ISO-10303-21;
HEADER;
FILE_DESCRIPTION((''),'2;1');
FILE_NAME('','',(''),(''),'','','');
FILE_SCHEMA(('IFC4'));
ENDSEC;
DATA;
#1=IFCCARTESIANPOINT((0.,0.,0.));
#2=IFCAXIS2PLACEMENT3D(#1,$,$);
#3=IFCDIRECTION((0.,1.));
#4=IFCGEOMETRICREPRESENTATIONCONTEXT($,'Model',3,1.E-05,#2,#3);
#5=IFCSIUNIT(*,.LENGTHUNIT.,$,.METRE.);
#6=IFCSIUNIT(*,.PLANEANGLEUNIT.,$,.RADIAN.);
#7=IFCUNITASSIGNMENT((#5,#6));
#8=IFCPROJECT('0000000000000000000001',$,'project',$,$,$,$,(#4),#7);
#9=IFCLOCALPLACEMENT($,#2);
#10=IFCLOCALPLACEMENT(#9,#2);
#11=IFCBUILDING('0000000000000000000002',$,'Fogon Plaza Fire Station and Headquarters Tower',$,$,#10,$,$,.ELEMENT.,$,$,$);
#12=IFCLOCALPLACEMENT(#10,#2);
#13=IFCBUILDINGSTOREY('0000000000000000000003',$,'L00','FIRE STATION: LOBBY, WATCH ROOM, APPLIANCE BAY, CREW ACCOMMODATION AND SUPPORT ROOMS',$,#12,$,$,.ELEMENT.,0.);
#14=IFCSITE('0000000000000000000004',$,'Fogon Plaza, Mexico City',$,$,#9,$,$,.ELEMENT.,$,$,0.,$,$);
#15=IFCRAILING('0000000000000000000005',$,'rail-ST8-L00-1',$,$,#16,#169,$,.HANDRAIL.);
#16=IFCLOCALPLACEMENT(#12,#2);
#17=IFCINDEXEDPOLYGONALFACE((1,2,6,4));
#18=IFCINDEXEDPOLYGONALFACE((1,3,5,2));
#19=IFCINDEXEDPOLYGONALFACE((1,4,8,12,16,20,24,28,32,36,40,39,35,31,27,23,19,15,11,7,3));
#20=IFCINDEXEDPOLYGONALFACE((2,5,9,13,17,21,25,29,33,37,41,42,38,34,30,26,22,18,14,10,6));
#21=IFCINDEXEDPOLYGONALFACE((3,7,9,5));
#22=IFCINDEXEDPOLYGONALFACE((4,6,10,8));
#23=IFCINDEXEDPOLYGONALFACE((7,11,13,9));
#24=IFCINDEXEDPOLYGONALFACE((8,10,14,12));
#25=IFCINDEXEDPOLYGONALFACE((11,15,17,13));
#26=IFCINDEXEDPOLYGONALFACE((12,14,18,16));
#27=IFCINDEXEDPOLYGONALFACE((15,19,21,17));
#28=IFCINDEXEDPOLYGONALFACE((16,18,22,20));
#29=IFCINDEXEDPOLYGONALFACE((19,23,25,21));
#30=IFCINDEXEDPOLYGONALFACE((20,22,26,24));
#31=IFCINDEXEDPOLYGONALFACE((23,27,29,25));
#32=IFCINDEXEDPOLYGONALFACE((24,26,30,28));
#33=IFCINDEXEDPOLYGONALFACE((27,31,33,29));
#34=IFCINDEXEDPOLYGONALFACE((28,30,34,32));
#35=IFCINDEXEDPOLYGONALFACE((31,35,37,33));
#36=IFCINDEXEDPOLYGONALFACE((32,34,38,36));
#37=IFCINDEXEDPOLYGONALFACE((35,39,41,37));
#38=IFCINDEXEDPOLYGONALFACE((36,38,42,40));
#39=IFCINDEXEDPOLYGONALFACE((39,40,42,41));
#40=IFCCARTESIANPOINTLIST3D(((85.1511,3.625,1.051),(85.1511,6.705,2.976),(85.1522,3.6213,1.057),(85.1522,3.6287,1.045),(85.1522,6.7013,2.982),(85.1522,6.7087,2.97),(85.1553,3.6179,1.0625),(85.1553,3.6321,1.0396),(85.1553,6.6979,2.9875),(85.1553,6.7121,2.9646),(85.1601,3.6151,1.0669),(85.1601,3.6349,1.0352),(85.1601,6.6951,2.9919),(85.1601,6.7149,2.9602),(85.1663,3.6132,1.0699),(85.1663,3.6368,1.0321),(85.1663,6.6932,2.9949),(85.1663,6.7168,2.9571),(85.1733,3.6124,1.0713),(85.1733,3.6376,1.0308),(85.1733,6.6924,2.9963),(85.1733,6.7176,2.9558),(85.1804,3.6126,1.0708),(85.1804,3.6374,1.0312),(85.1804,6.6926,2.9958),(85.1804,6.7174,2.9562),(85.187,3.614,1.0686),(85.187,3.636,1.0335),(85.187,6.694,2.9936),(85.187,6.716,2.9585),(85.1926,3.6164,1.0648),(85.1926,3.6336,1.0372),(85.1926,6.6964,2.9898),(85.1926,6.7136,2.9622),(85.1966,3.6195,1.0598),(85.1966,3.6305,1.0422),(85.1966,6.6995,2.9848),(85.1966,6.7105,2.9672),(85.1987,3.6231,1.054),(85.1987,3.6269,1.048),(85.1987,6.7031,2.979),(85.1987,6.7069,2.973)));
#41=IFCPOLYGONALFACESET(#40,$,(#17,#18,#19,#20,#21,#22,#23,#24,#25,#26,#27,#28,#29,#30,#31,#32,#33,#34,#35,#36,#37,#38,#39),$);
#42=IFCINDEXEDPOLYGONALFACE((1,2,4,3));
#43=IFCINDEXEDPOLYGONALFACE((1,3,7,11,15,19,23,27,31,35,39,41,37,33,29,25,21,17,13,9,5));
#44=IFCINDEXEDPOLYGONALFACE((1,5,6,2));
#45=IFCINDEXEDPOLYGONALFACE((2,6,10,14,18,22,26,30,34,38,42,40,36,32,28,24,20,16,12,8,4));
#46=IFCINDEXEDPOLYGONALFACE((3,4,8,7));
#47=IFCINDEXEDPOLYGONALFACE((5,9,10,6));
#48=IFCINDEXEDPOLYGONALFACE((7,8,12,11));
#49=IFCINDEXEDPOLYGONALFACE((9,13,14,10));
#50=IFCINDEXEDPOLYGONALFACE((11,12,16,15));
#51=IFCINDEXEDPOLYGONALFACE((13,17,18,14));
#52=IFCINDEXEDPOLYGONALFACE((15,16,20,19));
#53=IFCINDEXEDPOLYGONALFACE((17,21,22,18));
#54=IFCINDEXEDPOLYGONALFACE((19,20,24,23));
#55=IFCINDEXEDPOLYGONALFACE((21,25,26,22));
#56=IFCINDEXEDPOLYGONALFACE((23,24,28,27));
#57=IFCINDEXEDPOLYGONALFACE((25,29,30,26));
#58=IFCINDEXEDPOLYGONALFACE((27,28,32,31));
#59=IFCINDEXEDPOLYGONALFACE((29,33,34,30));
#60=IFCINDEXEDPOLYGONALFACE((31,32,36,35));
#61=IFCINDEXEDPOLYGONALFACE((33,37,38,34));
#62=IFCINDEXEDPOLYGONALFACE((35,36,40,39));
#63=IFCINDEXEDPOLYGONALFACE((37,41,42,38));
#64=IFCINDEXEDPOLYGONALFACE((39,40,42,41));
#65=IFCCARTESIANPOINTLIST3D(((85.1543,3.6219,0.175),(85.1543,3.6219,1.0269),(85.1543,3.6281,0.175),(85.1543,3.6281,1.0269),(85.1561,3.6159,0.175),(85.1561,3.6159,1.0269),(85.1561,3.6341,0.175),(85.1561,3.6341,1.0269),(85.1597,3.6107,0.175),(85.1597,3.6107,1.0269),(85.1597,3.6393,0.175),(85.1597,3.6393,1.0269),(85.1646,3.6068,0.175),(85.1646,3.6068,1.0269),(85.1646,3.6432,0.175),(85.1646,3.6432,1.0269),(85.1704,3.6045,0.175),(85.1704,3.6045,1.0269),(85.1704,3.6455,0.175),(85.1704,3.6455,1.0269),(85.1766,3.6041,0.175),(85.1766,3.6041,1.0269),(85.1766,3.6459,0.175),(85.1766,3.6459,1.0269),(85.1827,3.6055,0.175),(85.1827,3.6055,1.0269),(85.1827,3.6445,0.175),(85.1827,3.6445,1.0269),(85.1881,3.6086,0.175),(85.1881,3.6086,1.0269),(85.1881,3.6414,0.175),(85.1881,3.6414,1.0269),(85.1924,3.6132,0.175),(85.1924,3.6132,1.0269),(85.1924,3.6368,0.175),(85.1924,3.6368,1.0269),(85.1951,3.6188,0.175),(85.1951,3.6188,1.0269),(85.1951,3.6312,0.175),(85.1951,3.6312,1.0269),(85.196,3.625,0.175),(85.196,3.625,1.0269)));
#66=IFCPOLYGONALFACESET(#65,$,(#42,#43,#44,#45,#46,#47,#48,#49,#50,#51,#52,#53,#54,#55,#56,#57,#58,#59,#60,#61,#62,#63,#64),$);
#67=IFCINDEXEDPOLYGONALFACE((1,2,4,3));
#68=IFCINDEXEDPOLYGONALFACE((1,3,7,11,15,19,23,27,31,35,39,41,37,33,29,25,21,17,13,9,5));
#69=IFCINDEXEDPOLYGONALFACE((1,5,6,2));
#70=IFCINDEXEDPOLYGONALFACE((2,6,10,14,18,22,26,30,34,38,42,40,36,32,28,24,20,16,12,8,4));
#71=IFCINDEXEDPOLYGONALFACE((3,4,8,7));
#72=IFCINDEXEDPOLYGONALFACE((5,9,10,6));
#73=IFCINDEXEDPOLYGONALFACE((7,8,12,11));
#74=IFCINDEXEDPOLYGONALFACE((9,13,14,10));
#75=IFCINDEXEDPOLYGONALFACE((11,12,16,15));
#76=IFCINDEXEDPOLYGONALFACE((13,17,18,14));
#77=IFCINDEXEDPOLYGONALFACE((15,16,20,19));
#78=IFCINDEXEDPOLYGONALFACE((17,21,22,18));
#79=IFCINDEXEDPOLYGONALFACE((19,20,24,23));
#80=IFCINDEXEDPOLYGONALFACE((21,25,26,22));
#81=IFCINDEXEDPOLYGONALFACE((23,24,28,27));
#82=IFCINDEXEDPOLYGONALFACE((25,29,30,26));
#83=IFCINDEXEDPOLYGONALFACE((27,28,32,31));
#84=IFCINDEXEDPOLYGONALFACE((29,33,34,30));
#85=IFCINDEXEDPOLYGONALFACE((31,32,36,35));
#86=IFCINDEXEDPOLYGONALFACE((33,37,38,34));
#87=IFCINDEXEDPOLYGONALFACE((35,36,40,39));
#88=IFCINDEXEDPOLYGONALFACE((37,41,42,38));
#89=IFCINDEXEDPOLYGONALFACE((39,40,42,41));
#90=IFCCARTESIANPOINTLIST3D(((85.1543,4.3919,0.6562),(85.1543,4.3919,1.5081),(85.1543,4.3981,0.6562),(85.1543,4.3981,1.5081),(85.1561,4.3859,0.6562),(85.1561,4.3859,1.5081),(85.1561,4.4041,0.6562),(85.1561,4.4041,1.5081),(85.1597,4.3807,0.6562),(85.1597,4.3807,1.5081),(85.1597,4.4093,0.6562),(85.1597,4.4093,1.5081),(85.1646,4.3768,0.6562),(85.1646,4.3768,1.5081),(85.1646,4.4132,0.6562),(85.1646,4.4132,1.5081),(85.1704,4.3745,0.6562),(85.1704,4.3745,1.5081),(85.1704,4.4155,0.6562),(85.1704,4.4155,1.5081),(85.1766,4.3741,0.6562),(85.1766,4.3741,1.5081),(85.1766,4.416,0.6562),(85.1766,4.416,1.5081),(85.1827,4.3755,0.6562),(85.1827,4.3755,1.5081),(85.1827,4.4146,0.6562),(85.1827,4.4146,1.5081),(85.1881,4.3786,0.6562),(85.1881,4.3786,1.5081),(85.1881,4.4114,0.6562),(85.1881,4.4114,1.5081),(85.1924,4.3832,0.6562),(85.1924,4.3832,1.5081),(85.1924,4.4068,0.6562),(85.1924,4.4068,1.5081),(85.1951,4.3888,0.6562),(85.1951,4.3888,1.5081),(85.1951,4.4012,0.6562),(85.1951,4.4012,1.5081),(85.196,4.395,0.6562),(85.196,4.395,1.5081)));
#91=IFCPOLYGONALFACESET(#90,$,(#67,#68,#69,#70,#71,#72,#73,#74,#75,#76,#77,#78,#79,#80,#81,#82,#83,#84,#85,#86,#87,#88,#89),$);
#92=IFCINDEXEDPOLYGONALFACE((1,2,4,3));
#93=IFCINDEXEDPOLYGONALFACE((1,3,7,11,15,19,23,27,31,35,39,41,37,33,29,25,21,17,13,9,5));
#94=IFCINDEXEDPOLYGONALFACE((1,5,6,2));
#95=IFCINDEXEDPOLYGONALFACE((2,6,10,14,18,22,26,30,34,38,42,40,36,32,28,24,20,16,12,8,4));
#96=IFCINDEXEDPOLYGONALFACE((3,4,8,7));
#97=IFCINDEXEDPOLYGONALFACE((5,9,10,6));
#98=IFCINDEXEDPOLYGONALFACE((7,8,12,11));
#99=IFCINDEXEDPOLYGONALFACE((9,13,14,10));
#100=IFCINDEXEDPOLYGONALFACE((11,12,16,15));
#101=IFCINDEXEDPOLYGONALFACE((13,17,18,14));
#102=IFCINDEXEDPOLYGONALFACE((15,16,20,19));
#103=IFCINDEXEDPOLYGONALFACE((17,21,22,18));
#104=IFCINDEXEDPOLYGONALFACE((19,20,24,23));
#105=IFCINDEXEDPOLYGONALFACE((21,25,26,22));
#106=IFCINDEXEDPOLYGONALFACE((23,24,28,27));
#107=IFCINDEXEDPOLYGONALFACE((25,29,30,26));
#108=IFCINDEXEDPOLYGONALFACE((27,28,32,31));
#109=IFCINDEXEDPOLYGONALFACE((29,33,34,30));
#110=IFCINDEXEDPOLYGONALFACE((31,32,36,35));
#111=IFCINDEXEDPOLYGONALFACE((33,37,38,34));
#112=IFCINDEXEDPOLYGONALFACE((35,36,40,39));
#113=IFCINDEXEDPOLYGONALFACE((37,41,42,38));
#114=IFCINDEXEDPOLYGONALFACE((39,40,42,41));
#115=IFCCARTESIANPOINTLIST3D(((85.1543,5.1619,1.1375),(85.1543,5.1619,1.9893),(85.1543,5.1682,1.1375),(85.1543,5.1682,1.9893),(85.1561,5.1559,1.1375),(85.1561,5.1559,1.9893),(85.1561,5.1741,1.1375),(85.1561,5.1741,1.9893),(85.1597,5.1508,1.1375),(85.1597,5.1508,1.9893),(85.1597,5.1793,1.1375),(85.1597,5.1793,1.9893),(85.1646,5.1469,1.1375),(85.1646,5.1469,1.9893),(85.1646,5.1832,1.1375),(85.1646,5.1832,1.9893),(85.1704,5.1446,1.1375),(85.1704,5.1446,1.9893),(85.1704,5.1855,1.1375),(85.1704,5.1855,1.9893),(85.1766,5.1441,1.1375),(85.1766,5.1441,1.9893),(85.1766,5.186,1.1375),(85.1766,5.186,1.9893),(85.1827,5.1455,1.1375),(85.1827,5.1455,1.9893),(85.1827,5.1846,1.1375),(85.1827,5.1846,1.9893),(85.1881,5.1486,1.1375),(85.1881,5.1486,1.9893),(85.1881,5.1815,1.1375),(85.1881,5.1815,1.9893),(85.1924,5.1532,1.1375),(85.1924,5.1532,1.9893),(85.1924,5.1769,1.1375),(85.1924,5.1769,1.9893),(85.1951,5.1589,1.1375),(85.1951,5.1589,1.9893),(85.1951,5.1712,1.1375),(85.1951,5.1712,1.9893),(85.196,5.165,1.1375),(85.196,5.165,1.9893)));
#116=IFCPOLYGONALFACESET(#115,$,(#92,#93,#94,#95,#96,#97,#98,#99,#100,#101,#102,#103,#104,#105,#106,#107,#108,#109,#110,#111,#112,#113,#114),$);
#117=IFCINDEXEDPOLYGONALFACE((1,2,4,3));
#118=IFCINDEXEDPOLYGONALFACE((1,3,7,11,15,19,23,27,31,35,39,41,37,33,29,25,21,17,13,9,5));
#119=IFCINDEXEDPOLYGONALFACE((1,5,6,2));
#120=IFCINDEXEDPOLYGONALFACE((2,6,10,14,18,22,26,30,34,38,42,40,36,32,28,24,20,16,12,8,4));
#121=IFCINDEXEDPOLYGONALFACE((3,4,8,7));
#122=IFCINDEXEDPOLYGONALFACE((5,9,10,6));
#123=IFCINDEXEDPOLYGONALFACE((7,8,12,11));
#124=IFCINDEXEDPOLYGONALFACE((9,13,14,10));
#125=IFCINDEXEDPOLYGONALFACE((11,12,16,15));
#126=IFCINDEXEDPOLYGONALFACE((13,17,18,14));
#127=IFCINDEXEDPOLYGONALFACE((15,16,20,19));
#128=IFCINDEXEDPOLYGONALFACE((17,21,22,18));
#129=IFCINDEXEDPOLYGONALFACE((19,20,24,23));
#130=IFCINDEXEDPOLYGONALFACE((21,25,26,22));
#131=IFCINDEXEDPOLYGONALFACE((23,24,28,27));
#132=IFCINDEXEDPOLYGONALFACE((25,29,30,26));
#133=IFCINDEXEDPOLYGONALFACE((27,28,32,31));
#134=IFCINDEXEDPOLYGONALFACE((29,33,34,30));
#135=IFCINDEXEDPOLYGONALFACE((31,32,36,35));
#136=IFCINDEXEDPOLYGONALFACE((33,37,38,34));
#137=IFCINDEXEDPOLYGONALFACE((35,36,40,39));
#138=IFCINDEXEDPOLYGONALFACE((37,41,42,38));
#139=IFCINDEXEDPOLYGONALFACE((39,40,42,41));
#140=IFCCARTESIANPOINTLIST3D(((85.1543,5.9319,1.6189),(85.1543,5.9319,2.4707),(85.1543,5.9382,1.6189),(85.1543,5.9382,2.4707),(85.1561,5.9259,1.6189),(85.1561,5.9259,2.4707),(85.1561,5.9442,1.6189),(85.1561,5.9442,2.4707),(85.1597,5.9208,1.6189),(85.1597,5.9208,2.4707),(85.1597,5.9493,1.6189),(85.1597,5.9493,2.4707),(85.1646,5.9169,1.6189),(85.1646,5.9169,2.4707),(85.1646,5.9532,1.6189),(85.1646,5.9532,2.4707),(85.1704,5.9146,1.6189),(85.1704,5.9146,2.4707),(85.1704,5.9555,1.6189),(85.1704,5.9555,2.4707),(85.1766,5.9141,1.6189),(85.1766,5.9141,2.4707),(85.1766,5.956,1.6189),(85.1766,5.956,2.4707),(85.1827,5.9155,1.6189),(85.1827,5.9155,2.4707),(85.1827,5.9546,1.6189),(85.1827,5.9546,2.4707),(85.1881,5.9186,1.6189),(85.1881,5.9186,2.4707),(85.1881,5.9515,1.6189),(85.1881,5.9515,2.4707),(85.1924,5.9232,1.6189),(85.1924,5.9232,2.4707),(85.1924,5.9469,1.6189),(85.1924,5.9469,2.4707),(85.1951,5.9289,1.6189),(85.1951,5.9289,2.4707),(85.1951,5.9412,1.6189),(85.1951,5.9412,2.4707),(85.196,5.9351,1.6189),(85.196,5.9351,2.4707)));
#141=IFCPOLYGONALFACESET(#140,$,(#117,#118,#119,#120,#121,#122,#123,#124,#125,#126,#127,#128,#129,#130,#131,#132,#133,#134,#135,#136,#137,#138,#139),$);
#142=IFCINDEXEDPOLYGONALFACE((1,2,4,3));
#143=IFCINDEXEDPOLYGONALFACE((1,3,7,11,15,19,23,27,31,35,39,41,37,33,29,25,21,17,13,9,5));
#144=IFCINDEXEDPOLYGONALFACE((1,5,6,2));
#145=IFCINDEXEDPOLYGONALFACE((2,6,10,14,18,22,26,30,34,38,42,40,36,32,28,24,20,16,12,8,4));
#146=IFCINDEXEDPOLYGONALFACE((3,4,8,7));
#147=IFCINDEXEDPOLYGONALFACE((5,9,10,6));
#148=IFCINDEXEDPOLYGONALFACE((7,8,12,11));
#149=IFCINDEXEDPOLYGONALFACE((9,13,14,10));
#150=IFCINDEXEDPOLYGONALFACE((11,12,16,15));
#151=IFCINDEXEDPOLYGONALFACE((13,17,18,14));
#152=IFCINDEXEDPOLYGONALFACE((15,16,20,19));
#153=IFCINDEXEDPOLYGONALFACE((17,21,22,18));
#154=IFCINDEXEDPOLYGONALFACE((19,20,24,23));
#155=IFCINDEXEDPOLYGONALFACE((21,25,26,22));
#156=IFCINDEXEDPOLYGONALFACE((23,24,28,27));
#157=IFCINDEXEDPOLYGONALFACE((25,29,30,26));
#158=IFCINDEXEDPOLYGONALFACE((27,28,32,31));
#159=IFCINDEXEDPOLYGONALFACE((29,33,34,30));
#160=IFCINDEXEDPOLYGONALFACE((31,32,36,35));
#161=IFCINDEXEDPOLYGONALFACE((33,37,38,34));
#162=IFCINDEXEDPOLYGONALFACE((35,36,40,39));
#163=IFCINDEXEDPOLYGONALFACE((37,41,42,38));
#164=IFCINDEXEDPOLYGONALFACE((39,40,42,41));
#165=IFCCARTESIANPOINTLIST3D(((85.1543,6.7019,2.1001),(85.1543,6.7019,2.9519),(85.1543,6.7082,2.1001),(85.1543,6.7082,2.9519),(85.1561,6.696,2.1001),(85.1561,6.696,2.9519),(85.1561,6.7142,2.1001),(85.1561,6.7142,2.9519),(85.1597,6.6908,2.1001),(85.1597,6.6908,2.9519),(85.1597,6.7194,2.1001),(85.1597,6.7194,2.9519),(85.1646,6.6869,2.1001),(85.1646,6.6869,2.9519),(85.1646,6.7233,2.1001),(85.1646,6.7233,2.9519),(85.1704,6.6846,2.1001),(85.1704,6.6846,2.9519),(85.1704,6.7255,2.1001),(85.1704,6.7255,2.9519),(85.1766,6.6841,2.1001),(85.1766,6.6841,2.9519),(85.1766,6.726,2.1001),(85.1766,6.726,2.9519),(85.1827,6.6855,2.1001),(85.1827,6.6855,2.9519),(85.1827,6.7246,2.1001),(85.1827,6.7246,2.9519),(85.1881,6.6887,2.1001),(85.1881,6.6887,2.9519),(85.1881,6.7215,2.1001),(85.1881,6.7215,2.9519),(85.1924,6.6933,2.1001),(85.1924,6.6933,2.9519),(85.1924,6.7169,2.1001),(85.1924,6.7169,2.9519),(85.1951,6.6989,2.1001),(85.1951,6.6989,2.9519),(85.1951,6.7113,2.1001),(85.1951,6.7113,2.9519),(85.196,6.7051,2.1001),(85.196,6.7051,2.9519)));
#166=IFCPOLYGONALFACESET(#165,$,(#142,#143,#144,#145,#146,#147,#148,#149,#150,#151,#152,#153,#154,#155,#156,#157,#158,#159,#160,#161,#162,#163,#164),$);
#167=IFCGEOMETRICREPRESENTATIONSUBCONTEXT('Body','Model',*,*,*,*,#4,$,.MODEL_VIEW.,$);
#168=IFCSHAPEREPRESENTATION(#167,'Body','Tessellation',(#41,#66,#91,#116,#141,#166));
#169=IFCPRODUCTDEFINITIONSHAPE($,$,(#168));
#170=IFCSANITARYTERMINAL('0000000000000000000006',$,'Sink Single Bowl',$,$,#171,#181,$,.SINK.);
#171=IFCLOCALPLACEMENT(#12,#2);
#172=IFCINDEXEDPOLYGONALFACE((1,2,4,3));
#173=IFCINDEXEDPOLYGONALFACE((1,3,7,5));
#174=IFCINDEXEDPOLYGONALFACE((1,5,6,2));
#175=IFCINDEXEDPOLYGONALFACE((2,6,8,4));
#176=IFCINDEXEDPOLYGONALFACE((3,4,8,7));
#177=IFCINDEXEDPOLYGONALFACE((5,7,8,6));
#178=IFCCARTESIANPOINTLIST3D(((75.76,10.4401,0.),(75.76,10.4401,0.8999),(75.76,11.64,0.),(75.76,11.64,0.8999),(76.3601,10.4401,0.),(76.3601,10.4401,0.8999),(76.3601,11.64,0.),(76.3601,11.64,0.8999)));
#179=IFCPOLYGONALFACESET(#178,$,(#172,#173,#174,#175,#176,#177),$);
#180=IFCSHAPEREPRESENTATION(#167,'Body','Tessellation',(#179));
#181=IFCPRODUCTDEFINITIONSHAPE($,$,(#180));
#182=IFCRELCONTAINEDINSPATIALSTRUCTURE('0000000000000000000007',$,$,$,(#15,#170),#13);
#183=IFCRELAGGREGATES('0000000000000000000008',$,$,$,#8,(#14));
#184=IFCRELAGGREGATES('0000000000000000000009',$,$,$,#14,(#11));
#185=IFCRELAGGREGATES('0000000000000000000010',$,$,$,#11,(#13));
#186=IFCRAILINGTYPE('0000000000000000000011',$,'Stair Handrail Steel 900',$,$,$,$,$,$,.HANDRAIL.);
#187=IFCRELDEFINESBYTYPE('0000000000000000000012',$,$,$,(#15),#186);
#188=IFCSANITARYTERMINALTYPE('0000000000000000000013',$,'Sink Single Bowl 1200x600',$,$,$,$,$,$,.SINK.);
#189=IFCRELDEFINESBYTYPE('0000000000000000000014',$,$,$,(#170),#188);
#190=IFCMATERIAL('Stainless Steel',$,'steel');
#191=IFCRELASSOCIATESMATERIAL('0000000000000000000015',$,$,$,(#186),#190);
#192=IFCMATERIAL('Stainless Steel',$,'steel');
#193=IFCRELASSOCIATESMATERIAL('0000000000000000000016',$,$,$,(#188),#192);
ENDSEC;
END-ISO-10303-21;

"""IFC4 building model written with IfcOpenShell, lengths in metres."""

from ifc_helpers import new_model, si_unit, direction, frame, origin, origin_2d, place, context, subcontext, project, spatial, rectangle, circle, extrude, material, type_object, element, save


model = new_model("IFC4")

# Units and contexts
model_context = context("Model", 3, precision=1e-05, world=origin(), true_north=direction((0.0, 1.0)))
body_context = subcontext(model_context, "Body", "Model", "MODEL_VIEW")
ifc_project = project(units=[si_unit("LENGTHUNIT", "METRE"), si_unit("PLANEANGLEUNIT", "RADIAN")], contexts=[model_context])

# Site, building, storey
site_placement = place(None, origin())
site = spatial("IfcSite", under=ifc_project, at=site_placement, Name="Fogon Plaza, Mexico City", CompositionType="ELEMENT", RefElevation=0.0)
building_placement = place(site_placement, origin())
building = spatial("IfcBuilding", under=site, at=building_placement, Name="Fogon Plaza Fire Station and Headquarters Tower", CompositionType="ELEMENT")
storey_placement = place(building_placement, origin())
storey = spatial("IfcBuildingStorey", under=building, at=storey_placement, Name="L00", Description="FIRE STATION: LOBBY, WATCH ROOM, APPLIANCE BAY, CREW ACCOMMODATION AND SUPPORT ROOMS", CompositionType="ELEMENT", Elevation=0.0)

# Railing
ifc_material_1 = material(Name="Stainless Steel", Category="steel")
railing_type_1 = type_object("IfcRailingType", Name="Stair Handrail Steel 900", PredefinedType="HANDRAIL", material=ifc_material_1)
railing_1_placement = place(storey_placement, frame((85.175, 3.625, 0.175)))
element("IfcRailing", 1, at=railing_1_placement, inside=storey, type_object=railing_type_1, Name="rail-ST8-L00-1", PredefinedType="HANDRAIL", context=body_context, shape_type="SweptSolid", body=[
    extrude(circle(Radius=0.0239, at=origin_2d()), frame((0.0, 0.0, 0.876), z_axis=(0.0, 0.847998, 0.529999), x_axis=(-1.0, 0.0, 0.0)), (0.0, 0.0, 1.0), 3.6321),
    extrude(circle(Radius=0.021, at=origin_2d()), origin(), (0.0, 0.0, 1.0), 0.8518),
    extrude(circle(Radius=0.021, at=origin_2d()), frame((0.0, 0.77, 0.4812)), (0.0, 0.0, 1.0), 0.8518),
    extrude(circle(Radius=0.021, at=origin_2d()), frame((0.0, 1.54, 0.9624)), (0.0, 0.0, 1.0), 0.8518),
    extrude(circle(Radius=0.021, at=origin_2d()), frame((0.0, 2.3101, 1.4438)), (0.0, 0.0, 1.0), 0.8518),
    extrude(circle(Radius=0.021, at=origin_2d()), frame((0.0, 3.0801, 1.925)), (0.0, 0.0, 1.0), 0.8518),
])

# Sanitary terminal
ifc_material_2 = material(Name="Stainless Steel", Category="steel")
sanitary_terminal_type = type_object("IfcSanitaryTerminalType", Name="Sink Single Bowl 1200x600", PredefinedType="SINK", material=ifc_material_2)
sanitary_terminal_placement = place(storey_placement, frame((76.0601, 11.04, 0.0), z_axis=(0.0, 0.0, 1.0), x_axis=(1.0, 0.0, 0.0)))
element("IfcSanitaryTerminal", 2, at=sanitary_terminal_placement, inside=storey, type_object=sanitary_terminal_type, Name="Sink Single Bowl", PredefinedType="SINK", context=body_context, shape_type="SweptSolid", body=[
    extrude(rectangle(XDim=0.6001, YDim=1.2, at=origin_2d()), origin(), (0.0, 0.0, 1.0), 0.8999),
])

save(model, "model.ifc")
